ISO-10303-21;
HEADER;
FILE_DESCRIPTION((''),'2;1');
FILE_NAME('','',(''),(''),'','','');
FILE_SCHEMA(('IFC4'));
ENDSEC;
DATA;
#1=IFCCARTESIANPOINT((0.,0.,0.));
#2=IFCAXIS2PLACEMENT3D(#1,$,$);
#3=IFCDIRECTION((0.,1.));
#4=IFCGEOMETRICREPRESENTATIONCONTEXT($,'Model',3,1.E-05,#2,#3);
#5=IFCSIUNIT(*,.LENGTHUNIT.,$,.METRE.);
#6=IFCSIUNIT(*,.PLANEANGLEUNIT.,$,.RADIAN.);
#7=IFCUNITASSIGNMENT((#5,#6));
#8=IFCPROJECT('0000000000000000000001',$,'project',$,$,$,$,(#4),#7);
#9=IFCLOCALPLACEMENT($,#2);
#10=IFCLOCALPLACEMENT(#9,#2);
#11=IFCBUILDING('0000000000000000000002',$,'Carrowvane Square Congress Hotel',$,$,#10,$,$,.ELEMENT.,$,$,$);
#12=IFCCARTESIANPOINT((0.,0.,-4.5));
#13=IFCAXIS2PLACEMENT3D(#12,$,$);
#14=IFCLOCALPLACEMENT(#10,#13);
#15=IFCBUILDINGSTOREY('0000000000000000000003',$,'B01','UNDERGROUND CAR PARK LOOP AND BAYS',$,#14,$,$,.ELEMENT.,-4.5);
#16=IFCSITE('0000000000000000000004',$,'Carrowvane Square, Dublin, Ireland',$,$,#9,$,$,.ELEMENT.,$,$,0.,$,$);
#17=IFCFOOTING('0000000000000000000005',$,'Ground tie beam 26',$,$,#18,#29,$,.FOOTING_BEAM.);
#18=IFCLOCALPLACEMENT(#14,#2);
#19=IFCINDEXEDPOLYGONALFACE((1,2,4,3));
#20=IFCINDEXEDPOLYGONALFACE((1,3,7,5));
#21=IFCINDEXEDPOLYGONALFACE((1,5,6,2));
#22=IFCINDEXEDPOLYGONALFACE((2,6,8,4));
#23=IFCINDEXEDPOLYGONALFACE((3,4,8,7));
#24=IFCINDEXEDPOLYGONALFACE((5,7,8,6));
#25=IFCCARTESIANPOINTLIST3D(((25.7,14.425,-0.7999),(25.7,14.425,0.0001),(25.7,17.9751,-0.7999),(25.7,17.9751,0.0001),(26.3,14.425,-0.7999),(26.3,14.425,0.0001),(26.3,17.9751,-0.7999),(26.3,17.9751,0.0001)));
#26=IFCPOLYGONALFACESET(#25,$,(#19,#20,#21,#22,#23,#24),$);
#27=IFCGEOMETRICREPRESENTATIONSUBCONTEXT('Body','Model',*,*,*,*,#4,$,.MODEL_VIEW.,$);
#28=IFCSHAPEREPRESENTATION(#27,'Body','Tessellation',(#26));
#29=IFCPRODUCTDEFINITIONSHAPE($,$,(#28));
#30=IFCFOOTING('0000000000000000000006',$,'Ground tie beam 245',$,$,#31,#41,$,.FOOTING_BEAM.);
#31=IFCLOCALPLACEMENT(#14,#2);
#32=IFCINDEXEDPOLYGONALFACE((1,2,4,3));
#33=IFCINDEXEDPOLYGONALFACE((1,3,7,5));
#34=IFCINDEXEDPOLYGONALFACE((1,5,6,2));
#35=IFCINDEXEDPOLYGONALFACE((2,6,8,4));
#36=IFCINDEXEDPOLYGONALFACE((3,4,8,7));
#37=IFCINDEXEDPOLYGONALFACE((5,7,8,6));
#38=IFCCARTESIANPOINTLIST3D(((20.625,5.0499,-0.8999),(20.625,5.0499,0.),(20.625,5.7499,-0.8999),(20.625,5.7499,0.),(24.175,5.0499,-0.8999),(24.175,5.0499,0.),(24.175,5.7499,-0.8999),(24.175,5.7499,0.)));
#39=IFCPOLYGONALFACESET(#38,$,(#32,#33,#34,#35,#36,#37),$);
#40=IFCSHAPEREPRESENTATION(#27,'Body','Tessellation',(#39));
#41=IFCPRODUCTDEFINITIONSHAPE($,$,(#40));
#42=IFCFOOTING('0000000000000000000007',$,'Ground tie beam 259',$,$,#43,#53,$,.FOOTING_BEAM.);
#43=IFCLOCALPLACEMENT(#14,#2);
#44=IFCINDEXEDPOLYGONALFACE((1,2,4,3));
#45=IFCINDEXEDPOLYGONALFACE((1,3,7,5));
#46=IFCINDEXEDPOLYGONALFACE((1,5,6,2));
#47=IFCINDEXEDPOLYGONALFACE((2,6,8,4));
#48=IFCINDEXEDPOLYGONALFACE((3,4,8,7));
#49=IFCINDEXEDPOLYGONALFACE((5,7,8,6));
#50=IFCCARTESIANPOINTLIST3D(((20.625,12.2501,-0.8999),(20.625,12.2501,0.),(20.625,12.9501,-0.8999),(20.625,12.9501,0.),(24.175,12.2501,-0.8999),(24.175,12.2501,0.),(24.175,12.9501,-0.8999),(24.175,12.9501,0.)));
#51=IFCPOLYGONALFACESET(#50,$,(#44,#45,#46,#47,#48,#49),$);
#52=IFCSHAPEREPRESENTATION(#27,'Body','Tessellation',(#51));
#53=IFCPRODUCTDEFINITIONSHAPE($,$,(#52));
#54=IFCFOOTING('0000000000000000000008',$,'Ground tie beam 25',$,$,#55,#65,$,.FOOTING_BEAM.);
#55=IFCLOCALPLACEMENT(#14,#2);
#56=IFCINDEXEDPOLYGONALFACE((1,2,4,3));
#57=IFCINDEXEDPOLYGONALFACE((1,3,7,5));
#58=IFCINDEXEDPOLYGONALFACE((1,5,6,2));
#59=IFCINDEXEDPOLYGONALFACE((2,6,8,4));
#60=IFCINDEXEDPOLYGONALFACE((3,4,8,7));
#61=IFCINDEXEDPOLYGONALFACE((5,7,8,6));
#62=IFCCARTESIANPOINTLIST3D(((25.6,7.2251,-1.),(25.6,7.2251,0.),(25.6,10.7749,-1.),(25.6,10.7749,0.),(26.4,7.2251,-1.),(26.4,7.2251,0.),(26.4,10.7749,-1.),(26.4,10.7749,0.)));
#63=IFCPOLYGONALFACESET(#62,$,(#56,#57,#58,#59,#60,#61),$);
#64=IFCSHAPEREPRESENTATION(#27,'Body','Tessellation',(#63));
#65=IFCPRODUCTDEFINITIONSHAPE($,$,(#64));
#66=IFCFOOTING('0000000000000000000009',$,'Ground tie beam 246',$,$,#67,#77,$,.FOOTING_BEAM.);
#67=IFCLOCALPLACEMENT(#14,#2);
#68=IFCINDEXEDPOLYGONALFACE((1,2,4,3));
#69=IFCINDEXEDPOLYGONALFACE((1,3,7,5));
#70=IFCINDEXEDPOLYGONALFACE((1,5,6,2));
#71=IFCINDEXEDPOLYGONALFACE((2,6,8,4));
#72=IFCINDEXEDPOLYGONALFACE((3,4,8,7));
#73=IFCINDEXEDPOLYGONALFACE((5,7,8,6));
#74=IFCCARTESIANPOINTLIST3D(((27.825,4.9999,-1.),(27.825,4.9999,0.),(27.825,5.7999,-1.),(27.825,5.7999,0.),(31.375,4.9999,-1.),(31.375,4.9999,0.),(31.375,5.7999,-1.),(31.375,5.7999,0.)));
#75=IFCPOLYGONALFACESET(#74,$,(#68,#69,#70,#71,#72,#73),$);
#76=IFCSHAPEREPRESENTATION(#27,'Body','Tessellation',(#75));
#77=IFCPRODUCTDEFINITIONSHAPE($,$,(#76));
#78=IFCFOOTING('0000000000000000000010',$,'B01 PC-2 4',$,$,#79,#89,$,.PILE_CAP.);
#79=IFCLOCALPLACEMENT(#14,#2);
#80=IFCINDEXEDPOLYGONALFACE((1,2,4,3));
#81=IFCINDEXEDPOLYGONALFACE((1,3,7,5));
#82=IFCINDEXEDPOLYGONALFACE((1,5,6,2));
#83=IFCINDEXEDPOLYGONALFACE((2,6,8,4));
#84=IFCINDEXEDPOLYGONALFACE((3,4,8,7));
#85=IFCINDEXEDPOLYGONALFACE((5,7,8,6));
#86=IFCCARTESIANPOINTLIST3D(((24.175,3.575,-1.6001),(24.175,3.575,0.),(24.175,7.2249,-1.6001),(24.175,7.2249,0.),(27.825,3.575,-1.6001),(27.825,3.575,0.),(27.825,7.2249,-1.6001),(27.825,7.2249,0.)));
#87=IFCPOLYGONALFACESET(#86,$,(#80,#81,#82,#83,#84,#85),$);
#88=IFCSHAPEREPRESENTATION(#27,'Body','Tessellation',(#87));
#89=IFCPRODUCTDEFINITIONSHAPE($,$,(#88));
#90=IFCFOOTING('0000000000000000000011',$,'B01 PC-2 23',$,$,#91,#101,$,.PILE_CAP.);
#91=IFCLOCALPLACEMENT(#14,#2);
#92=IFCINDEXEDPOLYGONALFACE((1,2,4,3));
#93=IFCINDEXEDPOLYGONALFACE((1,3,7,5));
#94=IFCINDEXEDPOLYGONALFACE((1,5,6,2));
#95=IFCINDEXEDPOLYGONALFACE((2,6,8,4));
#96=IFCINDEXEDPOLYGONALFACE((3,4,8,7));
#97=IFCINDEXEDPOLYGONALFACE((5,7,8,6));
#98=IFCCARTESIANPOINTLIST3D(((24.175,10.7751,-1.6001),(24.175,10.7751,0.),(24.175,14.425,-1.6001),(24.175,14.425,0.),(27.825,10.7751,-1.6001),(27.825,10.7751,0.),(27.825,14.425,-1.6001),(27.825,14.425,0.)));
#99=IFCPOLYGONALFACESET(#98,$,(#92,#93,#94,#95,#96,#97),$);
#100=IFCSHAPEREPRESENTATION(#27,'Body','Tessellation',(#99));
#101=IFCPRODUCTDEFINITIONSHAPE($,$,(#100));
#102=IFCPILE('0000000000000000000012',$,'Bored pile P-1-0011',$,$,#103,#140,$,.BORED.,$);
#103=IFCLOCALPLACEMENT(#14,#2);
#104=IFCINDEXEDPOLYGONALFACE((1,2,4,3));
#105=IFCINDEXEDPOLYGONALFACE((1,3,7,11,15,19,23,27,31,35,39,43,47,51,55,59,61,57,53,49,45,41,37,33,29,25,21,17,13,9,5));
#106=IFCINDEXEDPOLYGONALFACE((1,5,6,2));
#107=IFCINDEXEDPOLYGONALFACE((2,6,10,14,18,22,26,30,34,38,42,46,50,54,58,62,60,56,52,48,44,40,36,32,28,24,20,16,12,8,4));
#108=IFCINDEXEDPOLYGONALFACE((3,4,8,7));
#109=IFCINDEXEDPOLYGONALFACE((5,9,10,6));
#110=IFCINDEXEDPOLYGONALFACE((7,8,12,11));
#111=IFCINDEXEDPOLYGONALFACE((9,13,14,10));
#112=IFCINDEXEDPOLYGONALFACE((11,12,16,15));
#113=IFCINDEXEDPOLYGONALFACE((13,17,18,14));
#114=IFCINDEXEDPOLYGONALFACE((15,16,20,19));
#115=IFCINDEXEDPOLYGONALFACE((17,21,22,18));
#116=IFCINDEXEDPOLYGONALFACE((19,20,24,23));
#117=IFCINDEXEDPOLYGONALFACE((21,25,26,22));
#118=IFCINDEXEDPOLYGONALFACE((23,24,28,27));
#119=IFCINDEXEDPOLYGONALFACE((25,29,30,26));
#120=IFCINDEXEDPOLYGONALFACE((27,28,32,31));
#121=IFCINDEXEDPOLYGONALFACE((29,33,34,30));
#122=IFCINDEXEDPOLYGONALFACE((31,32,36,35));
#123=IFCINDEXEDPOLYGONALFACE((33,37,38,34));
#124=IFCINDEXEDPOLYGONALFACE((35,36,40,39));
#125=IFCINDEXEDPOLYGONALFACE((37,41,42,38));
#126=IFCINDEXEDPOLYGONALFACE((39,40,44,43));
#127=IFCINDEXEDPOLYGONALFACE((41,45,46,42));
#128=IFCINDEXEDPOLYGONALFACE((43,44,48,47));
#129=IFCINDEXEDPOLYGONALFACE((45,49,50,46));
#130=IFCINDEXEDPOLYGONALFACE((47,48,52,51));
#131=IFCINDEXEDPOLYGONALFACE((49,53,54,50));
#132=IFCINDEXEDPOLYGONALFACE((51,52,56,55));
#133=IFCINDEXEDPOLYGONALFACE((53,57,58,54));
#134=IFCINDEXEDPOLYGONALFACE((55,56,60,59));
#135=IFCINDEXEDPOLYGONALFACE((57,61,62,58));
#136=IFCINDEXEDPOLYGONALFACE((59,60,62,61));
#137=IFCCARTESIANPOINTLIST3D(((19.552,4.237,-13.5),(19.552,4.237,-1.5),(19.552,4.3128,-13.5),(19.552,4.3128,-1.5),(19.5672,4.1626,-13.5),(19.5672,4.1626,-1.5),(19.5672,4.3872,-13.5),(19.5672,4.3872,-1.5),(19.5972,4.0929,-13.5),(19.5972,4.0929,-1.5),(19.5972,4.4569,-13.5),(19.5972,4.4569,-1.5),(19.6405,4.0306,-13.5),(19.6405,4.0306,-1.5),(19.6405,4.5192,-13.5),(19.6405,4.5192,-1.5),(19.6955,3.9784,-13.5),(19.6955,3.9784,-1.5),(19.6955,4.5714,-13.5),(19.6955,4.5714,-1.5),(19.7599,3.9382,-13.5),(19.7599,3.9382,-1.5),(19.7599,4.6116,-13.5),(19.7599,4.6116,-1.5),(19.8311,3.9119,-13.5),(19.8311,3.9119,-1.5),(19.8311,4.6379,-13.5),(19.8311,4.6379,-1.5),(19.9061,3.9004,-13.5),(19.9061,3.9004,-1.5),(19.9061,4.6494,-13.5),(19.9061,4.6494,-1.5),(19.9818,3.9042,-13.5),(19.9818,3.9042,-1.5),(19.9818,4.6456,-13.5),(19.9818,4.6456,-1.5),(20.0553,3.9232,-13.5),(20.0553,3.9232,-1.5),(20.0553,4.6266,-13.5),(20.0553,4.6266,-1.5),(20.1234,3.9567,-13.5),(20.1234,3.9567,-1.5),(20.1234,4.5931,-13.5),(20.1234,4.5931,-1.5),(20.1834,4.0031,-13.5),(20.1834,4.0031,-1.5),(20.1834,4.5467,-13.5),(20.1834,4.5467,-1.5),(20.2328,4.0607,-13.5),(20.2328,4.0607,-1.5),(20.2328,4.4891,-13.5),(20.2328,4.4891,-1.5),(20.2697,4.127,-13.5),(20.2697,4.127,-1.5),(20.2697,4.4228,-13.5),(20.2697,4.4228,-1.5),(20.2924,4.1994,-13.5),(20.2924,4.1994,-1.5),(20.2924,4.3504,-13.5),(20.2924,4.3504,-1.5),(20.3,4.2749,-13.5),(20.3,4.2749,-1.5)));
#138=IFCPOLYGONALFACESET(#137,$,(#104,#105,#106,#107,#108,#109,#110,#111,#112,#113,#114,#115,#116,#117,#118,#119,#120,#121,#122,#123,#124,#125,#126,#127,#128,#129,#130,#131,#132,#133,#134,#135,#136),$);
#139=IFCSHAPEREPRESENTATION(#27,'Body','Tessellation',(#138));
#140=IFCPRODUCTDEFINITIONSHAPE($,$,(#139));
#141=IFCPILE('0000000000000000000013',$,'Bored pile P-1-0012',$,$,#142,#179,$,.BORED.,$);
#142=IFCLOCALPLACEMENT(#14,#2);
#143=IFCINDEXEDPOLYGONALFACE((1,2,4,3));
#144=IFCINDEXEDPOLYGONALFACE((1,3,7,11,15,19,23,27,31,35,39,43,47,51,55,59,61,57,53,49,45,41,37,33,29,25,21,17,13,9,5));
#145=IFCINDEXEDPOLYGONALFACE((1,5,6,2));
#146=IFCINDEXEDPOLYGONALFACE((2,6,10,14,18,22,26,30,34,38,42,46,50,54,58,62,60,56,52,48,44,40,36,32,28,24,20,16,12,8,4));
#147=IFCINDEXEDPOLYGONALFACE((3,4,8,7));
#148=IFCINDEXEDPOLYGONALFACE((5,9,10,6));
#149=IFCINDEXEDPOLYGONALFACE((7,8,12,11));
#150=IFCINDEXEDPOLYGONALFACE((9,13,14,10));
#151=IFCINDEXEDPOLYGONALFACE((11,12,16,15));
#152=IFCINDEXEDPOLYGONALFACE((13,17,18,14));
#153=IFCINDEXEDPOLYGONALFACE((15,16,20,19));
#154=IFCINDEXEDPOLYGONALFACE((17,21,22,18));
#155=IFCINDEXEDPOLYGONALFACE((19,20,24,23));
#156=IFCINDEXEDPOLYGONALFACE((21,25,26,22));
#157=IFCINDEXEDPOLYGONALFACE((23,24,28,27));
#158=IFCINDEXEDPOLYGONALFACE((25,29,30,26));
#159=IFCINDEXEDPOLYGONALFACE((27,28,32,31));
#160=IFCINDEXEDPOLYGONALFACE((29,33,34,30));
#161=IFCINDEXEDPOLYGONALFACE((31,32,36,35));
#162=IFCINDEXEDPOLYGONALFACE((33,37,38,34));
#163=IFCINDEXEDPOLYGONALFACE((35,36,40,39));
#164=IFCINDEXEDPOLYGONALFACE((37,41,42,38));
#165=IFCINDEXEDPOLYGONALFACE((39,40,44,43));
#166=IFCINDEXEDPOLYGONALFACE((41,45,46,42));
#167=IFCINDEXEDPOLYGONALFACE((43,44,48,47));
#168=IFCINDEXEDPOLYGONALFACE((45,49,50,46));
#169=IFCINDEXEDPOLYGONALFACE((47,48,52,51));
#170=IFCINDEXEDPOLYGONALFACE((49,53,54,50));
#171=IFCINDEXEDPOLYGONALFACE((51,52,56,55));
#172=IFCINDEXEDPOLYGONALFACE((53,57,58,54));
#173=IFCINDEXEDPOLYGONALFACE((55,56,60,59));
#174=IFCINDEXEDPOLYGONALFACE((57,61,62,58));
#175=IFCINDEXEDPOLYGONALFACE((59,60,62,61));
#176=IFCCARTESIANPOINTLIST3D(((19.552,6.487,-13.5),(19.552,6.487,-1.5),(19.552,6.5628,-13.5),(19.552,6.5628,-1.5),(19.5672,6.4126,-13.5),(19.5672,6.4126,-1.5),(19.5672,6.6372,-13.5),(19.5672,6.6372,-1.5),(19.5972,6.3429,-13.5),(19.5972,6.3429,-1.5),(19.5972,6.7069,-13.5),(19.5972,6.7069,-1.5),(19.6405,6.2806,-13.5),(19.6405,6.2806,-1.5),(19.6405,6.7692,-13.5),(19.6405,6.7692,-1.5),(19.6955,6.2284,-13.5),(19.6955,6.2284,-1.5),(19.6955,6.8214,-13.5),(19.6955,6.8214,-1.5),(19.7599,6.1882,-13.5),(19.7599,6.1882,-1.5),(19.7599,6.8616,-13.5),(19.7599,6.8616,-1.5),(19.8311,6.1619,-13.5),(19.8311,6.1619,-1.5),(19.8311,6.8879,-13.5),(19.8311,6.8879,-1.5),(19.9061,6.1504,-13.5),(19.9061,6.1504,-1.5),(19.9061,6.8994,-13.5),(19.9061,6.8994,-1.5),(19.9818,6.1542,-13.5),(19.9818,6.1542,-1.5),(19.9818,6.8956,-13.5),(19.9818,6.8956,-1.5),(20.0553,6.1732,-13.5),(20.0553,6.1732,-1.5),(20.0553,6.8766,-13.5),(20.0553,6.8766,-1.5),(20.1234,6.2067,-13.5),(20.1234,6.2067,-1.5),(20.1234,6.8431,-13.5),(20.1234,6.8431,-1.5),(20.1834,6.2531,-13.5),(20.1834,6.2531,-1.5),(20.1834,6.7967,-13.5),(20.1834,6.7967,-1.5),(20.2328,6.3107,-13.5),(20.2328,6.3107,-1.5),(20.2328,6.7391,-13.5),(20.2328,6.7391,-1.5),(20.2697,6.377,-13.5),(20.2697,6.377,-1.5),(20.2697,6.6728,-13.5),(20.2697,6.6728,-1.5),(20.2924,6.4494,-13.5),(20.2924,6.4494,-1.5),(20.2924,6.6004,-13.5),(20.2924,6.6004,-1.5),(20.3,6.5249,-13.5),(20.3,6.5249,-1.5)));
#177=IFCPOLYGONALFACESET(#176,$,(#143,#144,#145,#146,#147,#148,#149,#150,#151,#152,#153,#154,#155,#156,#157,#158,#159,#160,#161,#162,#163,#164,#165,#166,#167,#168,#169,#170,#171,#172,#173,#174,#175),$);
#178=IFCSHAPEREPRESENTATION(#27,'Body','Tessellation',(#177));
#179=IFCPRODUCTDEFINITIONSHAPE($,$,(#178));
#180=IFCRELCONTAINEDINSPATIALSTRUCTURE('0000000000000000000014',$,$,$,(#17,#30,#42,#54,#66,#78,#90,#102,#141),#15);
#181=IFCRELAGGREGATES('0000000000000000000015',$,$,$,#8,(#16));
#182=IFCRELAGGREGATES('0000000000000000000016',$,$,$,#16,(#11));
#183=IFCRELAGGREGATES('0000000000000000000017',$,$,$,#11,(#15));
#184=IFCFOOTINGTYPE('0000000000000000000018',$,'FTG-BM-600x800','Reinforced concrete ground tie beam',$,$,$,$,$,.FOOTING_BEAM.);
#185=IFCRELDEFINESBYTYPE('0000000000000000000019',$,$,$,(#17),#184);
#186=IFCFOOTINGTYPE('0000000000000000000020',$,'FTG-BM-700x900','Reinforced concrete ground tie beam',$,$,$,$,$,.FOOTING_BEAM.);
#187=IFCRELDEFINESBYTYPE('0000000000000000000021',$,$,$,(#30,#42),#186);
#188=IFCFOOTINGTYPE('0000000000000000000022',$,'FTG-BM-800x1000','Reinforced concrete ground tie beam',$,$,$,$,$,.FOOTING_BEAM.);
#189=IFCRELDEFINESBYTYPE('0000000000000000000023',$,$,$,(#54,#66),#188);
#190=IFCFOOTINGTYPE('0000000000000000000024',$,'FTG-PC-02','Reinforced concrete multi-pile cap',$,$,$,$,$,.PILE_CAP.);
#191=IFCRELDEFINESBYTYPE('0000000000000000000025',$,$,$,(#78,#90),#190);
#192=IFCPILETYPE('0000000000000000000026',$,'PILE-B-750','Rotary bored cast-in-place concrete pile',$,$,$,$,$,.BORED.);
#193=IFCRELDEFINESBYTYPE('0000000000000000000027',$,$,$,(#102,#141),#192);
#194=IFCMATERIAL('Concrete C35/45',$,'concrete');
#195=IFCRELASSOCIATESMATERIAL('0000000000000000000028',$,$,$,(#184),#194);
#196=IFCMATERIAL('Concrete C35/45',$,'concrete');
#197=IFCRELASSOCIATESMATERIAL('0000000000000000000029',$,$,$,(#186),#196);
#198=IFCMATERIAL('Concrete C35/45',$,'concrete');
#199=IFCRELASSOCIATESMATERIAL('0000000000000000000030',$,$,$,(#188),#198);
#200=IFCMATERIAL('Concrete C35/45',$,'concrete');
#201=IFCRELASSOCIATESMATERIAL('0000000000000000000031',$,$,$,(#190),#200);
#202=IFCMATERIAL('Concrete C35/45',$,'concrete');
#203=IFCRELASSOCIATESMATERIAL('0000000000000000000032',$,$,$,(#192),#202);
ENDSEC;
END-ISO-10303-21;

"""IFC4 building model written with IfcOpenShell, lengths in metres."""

from ifc_helpers import new_model, si_unit, direction, frame, origin, origin_2d, place, context, subcontext, project, spatial, rectangle, circle, extrude, material, material_profile, profile_set, type_object, element, save


model = new_model("IFC4")

# Units and contexts
model_context = context("Model", 3, precision=1e-05, world=origin(), true_north=direction((0.0, 1.0)))
body_context = subcontext(model_context, "Body", "Model", "MODEL_VIEW")
ifc_project = project(units=[si_unit("LENGTHUNIT", "METRE"), si_unit("PLANEANGLEUNIT", "RADIAN")], contexts=[model_context])

# Site, building, storey
site_placement = place(None, origin())
site = spatial("IfcSite", under=ifc_project, at=site_placement, Name="Carrowvane Square, Dublin, Ireland", CompositionType="ELEMENT", RefElevation=0.0)
building_placement = place(site_placement, origin())
building = spatial("IfcBuilding", under=site, at=building_placement, Name="Carrowvane Square Congress Hotel", CompositionType="ELEMENT")
storey_placement = place(building_placement, frame((0.0, 0.0, -4.5)))
storey = spatial("IfcBuildingStorey", under=building, at=storey_placement, Name="B01", Description="UNDERGROUND CAR PARK LOOP AND BAYS", CompositionType="ELEMENT", Elevation=-4.5)

# Footings
ifc_material_1 = material(Name="Concrete C35/45", Category="concrete")
ifc_material_profile_1 = material_profile(ifc_material_1, rectangle(XDim=0.6001, YDim=0.8, at=origin_2d()), Name="RC 600x800")
ifc_profile_set_1 = profile_set([ifc_material_profile_1], Name="Concrete C35/45")
footing_type_1 = type_object("IfcFootingType", Name="FTG-BM-600x800", Description="Reinforced concrete ground tie beam", PredefinedType="FOOTING_BEAM", material=ifc_profile_set_1)
footing_1_placement = place(storey_placement, frame((26.0, 14.425, -0.3999), z_axis=(0.0, 1.0, 0.0), x_axis=(-1.0, 0.0, 0.0)))
element("IfcFooting", 1, at=footing_1_placement, inside=storey, type_object=footing_type_1, Name="Ground tie beam 26", PredefinedType="FOOTING_BEAM", context=body_context, shape_type="SweptSolid", body=[
    extrude(rectangle(XDim=0.6001, YDim=0.8, at=origin_2d()), origin(), (0.0, 0.0, 1.0), 3.55),
])
ifc_material_2 = material(Name="Concrete C35/45", Category="concrete")
ifc_material_profile_2 = material_profile(ifc_material_2, rectangle(XDim=0.7, YDim=0.8999, at=origin_2d()), Name="RC 700x900")
ifc_profile_set_2 = profile_set([ifc_material_profile_2], Name="Concrete C35/45")
footing_type_2 = type_object("IfcFootingType", Name="FTG-BM-700x900", Description="Reinforced concrete ground tie beam", PredefinedType="FOOTING_BEAM", material=ifc_profile_set_2)
for number, where, z_axis, x_axis, name in (
    (2, (20.625, 5.3999, -0.45), (1.0, 0.0, 0.0), (0.0, 1.0, 0.0), "Ground tie beam 245"),
    (3, (20.625, 12.6001, -0.45), (1.0, 0.0, 0.0), (0.0, 1.0, 0.0), "Ground tie beam 259"),
):
    element("IfcFooting", number, at=place(storey_placement, frame(where, z_axis=z_axis, x_axis=x_axis)), inside=storey, type_object=footing_type_2, Name=name, PredefinedType="FOOTING_BEAM", context=body_context, shape_type="SweptSolid", body=[
        extrude(rectangle(XDim=0.7, YDim=0.8999, at=origin_2d()), origin(), (0.0, 0.0, 1.0), 3.55),
    ])
ifc_material_3 = material(Name="Concrete C35/45", Category="concrete")
ifc_material_profile_3 = material_profile(ifc_material_3, rectangle(XDim=0.8, YDim=1.0, at=origin_2d()), Name="RC 800x1000")
ifc_profile_set_3 = profile_set([ifc_material_profile_3], Name="Concrete C35/45")
footing_type_3 = type_object("IfcFootingType", Name="FTG-BM-800x1000", Description="Reinforced concrete ground tie beam", PredefinedType="FOOTING_BEAM", material=ifc_profile_set_3)
footing_2_placement = place(storey_placement, frame((26.0, 7.2251, -0.5), z_axis=(0.0, 1.0, 0.0), x_axis=(-1.0, 0.0, 0.0)))
element("IfcFooting", 4, at=footing_2_placement, inside=storey, type_object=footing_type_3, Name="Ground tie beam 25", PredefinedType="FOOTING_BEAM", context=body_context, shape_type="SweptSolid", body=[
    extrude(rectangle(XDim=0.8, YDim=1.0, at=origin_2d()), origin(), (0.0, 0.0, 1.0), 3.5498),
])
footing_3_placement = place(storey_placement, frame((27.825, 5.3999, -0.5), z_axis=(1.0, 0.0, 0.0), x_axis=(0.0, 1.0, 0.0)))
element("IfcFooting", 5, at=footing_3_placement, inside=storey, type_object=footing_type_3, Name="Ground tie beam 246", PredefinedType="FOOTING_BEAM", context=body_context, shape_type="SweptSolid", body=[
    extrude(rectangle(XDim=0.8, YDim=1.0, at=origin_2d()), origin(), (0.0, 0.0, 1.0), 3.55),
])
ifc_material_4 = material(Name="Concrete C35/45", Category="concrete")
footing_type_4 = type_object("IfcFootingType", Name="FTG-PC-02", Description="Reinforced concrete multi-pile cap", PredefinedType="PILE_CAP", material=ifc_material_4)
for number, where, z_axis, x_axis, name in (
    (6, (26.0, 5.3999, -1.6001), (0.0, 0.0, 1.0), (1.0, 0.0, 0.0), "B01 PC-2 4"),
    (7, (26.0, 12.6001, -1.6001), (0.0, 0.0, 1.0), (1.0, 0.0, 0.0), "B01 PC-2 23"),
):
    element("IfcFooting", number, at=place(storey_placement, frame(where, z_axis=z_axis, x_axis=x_axis)), inside=storey, type_object=footing_type_4, Name=name, PredefinedType="PILE_CAP", context=body_context, shape_type="SweptSolid", body=[
        extrude(rectangle(XDim=3.6499, YDim=3.6499, at=origin_2d()), origin(), (0.0, 0.0, 1.0), 1.6001),
    ])

# Piles
ifc_material_5 = material(Name="Concrete C35/45", Category="concrete")
ifc_material_profile_4 = material_profile(ifc_material_5, circle(Radius=0.375, at=origin_2d()), Name="PILE D750")
ifc_profile_set_4 = profile_set([ifc_material_profile_4], Name="Concrete C35/45")
pile_type = type_object("IfcPileType", Name="PILE-B-750", Description="Rotary bored cast-in-place concrete pile", PredefinedType="BORED", material=ifc_profile_set_4)
for number, where, z_axis, x_axis, name in (
    (8, (19.925, 4.2749, -1.5), (0.0, 0.0, -1.0), (1.0, 0.0, 0.0), "Bored pile P-1-0011"),
    (9, (19.925, 6.5249, -1.5), (0.0, 0.0, -1.0), (1.0, 0.0, 0.0), "Bored pile P-1-0012"),
):
    element("IfcPile", number, at=place(storey_placement, frame(where, z_axis=z_axis, x_axis=x_axis)), inside=storey, type_object=pile_type, Name=name, PredefinedType="BORED", context=body_context, shape_type="SweptSolid", body=[
        extrude(circle(Radius=0.375, at=origin_2d()), origin(), (0.0, 0.0, 1.0), 12.0),
    ])

save(model, "model.ifc")
